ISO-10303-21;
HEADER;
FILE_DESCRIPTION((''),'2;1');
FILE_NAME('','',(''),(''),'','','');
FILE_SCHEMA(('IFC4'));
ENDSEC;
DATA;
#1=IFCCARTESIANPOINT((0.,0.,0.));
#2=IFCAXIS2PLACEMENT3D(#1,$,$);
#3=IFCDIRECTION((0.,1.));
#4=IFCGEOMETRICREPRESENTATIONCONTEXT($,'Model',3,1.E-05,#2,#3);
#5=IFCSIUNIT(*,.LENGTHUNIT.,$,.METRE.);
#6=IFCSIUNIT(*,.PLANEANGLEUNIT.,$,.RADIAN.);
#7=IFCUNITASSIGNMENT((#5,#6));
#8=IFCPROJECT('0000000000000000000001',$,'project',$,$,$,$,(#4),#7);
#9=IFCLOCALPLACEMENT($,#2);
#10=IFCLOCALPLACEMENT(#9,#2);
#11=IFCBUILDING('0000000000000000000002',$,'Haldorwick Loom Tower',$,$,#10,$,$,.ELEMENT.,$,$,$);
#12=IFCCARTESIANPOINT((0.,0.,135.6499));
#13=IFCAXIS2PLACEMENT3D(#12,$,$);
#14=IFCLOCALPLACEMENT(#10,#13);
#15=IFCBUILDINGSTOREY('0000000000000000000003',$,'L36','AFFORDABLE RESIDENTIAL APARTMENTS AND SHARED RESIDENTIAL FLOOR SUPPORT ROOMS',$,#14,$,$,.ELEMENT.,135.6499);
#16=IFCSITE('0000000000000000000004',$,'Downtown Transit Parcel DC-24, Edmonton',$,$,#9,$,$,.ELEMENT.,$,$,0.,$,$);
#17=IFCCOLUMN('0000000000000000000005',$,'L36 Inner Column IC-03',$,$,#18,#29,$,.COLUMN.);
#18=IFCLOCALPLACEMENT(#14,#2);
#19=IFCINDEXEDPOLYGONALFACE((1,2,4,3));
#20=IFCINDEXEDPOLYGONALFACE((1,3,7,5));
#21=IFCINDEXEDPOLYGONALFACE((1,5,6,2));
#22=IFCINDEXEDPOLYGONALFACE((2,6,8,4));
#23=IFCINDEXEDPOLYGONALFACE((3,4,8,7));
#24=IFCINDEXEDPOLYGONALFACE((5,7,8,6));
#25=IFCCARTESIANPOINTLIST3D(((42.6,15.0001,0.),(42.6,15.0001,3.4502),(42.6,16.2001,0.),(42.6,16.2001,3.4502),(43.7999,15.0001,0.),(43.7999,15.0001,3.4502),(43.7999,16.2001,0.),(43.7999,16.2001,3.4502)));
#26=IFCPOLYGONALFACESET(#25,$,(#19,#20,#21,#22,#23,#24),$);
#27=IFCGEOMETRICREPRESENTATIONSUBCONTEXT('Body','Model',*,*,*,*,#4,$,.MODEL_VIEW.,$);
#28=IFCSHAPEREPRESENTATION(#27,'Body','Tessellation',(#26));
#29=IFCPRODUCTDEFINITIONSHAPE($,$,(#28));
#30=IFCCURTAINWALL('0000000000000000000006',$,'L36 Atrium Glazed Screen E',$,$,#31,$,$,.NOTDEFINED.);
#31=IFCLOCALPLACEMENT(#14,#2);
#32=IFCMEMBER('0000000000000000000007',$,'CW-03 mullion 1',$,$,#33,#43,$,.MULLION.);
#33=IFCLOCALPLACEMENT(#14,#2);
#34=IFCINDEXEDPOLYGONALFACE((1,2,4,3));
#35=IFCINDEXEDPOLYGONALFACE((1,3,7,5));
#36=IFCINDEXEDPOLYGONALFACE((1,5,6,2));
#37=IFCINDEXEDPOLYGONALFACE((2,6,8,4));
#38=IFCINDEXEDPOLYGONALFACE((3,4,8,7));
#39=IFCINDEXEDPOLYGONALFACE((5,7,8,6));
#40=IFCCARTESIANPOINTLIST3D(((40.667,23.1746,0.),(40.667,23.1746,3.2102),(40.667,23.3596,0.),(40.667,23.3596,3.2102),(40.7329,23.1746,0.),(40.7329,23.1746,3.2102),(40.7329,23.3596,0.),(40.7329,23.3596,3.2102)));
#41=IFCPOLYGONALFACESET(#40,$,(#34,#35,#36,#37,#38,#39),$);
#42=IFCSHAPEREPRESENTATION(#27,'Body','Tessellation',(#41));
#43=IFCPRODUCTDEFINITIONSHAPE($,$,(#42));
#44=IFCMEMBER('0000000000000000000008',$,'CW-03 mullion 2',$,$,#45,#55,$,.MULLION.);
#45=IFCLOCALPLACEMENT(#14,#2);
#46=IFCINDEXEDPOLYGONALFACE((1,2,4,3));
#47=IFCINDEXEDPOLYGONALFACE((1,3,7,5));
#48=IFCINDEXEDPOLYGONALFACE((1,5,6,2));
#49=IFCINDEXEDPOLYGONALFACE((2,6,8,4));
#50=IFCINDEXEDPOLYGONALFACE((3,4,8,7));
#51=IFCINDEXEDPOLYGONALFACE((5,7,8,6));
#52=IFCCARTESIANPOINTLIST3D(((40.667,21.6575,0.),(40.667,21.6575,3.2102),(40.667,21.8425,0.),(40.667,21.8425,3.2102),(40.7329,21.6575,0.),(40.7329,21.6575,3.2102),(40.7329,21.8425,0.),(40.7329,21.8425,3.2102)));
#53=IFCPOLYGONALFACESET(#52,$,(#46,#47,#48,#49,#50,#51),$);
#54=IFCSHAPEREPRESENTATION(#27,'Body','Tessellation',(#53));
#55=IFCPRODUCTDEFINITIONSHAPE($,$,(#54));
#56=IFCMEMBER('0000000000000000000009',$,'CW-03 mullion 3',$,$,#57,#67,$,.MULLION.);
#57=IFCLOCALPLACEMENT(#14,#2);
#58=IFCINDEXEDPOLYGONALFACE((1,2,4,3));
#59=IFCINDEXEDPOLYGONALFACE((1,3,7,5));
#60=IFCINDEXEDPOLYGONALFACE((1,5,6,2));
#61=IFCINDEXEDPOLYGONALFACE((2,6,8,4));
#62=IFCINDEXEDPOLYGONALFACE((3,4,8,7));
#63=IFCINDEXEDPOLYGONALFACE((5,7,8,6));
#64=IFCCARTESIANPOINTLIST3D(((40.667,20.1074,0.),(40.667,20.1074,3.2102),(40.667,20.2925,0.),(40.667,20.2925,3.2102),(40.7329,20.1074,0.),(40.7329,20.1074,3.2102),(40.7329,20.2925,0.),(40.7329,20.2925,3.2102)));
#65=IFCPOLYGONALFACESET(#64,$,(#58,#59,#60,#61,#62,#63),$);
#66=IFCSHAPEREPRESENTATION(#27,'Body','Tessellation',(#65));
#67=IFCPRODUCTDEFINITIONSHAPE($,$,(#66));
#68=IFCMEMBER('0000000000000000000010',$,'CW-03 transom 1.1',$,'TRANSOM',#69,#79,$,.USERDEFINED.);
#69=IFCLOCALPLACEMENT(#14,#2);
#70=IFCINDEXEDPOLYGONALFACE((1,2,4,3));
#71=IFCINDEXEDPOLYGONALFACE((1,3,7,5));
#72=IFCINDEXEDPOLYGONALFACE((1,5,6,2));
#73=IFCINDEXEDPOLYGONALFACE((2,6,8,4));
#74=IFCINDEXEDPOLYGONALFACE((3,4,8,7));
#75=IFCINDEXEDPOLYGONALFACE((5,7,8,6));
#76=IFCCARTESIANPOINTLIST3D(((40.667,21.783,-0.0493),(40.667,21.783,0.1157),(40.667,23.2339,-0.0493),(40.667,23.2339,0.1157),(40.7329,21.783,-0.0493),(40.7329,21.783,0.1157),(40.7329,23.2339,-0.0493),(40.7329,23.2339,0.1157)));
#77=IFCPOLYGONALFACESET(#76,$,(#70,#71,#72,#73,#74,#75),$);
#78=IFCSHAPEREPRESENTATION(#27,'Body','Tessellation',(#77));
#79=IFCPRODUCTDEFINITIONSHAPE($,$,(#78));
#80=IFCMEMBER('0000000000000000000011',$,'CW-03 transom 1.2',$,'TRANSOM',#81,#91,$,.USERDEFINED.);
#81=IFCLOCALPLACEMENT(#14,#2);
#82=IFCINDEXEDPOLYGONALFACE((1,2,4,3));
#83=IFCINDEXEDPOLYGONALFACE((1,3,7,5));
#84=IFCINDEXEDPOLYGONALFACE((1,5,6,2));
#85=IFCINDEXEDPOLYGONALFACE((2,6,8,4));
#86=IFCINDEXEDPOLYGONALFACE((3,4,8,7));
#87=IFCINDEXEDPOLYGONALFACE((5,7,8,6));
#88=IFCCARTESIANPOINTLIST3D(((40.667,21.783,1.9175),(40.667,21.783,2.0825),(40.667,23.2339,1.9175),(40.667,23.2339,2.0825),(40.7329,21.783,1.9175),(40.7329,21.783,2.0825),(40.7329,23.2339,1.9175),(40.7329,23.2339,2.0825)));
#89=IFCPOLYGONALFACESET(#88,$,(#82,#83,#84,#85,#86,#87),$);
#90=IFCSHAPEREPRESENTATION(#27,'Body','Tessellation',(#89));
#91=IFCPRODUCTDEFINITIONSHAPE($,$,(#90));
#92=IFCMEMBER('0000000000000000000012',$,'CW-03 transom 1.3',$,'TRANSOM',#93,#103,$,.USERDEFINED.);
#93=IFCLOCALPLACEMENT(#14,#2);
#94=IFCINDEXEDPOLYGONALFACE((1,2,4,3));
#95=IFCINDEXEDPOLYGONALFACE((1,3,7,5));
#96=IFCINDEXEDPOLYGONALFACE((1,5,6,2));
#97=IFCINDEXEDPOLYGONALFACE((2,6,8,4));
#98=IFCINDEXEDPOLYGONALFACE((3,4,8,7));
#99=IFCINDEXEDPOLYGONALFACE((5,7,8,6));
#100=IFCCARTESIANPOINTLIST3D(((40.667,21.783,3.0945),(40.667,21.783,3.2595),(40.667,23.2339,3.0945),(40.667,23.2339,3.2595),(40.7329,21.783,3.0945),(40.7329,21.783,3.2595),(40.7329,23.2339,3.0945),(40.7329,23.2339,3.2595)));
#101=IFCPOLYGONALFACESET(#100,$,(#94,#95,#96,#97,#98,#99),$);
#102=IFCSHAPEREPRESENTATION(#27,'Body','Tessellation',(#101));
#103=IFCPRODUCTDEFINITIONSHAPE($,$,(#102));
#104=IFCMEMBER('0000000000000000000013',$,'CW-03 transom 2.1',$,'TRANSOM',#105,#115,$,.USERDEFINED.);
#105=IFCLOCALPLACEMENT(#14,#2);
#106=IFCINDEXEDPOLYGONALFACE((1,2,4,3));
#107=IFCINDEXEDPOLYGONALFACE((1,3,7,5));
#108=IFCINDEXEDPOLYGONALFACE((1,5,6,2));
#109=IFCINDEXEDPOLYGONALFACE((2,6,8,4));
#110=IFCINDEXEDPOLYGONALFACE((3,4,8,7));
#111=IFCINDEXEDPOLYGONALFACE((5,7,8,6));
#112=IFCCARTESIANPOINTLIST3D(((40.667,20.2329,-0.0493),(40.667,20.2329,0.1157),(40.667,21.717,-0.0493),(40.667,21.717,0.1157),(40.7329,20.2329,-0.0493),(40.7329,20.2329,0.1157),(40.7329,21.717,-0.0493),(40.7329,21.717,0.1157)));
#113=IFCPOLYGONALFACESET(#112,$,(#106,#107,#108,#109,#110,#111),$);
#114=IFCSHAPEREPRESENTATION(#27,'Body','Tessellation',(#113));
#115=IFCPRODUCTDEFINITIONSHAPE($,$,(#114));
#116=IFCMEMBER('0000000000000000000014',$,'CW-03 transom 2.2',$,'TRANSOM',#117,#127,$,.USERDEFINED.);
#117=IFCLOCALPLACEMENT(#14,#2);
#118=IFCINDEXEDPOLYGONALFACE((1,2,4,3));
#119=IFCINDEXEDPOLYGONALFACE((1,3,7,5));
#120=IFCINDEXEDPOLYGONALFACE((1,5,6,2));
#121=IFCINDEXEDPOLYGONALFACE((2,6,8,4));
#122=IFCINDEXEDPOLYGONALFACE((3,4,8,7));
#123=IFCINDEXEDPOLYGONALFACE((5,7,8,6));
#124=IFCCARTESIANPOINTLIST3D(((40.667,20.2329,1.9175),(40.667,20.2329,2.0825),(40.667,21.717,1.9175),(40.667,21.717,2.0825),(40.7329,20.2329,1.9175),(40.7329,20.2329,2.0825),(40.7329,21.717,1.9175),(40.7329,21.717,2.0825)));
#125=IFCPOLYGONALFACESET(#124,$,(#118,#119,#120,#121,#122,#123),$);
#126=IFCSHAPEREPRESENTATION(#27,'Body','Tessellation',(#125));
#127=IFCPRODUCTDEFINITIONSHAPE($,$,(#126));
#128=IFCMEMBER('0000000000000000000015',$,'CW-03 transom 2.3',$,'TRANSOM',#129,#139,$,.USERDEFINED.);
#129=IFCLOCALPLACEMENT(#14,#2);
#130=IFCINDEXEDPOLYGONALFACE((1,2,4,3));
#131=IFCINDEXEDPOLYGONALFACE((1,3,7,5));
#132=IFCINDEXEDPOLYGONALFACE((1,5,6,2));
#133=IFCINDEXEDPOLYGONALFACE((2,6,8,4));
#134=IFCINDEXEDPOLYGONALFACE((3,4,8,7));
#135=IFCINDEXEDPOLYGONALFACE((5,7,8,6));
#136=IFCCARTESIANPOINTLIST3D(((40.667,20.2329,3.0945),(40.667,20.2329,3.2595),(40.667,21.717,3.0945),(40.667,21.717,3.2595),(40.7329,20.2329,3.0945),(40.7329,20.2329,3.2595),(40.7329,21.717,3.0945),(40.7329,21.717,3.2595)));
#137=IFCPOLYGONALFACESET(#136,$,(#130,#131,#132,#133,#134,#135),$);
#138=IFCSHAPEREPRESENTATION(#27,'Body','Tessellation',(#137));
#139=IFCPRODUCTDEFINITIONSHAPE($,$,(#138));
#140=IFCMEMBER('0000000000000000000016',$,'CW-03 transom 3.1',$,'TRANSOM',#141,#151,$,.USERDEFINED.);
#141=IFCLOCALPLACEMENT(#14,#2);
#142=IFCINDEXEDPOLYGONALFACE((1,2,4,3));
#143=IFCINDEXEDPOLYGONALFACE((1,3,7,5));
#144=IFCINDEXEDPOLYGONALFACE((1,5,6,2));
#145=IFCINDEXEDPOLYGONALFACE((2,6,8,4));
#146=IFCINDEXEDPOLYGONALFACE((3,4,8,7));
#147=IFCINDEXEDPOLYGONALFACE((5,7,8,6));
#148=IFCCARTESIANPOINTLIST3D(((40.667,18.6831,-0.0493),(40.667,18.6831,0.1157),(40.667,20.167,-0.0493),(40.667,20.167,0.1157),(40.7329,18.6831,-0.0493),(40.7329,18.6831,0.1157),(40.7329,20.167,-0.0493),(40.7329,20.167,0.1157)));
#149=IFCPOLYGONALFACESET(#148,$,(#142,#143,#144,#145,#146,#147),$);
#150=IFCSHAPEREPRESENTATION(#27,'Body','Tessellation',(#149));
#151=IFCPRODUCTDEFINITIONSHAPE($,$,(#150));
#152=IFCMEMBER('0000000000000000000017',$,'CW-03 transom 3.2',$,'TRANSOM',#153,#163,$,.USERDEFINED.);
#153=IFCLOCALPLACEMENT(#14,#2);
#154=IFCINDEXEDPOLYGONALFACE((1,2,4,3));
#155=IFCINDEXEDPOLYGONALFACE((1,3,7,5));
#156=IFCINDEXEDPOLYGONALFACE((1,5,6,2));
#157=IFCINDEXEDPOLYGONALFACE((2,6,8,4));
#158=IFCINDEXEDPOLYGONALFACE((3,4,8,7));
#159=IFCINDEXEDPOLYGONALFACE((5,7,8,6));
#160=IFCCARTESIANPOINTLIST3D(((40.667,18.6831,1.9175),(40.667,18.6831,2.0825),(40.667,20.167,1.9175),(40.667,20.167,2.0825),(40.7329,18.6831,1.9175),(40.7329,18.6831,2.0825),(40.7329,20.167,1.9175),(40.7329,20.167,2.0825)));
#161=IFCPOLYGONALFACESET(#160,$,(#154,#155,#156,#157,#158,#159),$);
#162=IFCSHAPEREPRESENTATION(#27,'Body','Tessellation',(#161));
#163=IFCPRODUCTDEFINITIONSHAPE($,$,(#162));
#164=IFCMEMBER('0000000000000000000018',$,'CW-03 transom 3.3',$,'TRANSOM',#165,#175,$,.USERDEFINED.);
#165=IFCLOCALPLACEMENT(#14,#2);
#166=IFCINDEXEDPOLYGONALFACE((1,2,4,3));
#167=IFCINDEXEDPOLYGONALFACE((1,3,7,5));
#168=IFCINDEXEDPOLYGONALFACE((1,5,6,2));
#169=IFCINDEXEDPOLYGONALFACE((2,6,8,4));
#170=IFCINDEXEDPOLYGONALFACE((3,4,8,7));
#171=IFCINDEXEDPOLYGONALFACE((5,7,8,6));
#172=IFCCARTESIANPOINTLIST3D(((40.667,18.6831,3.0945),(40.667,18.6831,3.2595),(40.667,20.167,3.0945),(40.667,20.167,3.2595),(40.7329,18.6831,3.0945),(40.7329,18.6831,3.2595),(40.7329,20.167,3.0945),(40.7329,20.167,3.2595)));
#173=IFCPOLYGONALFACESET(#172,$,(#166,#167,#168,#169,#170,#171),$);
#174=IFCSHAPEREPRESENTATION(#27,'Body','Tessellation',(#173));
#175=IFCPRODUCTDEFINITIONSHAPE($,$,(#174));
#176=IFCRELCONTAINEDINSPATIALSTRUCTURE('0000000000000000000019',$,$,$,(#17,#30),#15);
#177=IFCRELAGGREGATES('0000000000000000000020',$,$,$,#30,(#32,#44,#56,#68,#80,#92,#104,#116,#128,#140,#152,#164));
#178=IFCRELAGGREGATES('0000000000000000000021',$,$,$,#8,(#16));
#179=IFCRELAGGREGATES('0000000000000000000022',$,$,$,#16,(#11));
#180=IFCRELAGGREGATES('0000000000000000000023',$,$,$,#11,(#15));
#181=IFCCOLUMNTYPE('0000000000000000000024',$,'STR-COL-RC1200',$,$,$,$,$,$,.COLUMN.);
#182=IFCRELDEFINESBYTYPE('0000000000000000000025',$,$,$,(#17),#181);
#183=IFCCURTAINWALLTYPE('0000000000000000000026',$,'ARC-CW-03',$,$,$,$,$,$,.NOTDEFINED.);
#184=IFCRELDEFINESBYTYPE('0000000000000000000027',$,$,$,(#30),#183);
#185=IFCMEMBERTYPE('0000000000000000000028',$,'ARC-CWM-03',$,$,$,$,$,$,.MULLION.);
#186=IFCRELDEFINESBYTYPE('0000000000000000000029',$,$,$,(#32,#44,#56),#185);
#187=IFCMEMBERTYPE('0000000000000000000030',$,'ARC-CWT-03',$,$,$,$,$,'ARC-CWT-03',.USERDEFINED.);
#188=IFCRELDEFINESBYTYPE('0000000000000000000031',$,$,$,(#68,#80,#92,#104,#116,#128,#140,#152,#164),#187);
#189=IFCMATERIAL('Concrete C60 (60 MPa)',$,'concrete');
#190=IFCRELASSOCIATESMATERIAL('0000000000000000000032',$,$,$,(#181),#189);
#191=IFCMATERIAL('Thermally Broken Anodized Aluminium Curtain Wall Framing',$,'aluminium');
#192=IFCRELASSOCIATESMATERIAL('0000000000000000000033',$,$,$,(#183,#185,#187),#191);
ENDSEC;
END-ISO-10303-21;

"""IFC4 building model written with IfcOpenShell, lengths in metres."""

from ifc_helpers import new_model, si_unit, direction, frame, origin, origin_2d, place, context, subcontext, project, spatial, rectangle, extrude, material, material_profile, profile_set, type_object, element, aggregate, save


model = new_model("IFC4")

# Units and contexts
model_context = context("Model", 3, precision=1e-05, world=origin(), true_north=direction((0.0, 1.0)))
body_context = subcontext(model_context, "Body", "Model", "MODEL_VIEW")
ifc_project = project(units=[si_unit("LENGTHUNIT", "METRE"), si_unit("PLANEANGLEUNIT", "RADIAN")], contexts=[model_context])

# Site, building, storey
site_placement = place(None, origin())
site = spatial("IfcSite", under=ifc_project, at=site_placement, Name="Downtown Transit Parcel DC-24, Edmonton", CompositionType="ELEMENT", RefElevation=0.0)
building_placement = place(site_placement, origin())
building = spatial("IfcBuilding", under=site, at=building_placement, Name="Haldorwick Loom Tower", CompositionType="ELEMENT")
storey_placement = place(building_placement, frame((0.0, 0.0, 135.6499)))
storey = spatial("IfcBuildingStorey", under=building, at=storey_placement, Name="L36", Description="AFFORDABLE RESIDENTIAL APARTMENTS AND SHARED RESIDENTIAL FLOOR SUPPORT ROOMS", CompositionType="ELEMENT", Elevation=135.6499)

# Column
ifc_material_1 = material(Name="Concrete C60 (60 MPa)", Category="concrete")
ifc_material_profile_1 = material_profile(ifc_material_1, rectangle(XDim=1.2, YDim=1.2, at=origin_2d()), Name="RC1200X1200", Category="concrete")
ifc_profile_set_1 = profile_set([ifc_material_profile_1], Name="Concrete C60 (60 MPa)")
column_type = type_object("IfcColumnType", Name="STR-COL-RC1200", PredefinedType="COLUMN", material=ifc_profile_set_1)
column_placement = place(storey_placement, frame((43.2, 15.6001, 0.0), z_axis=(0.0, 0.0, 1.0), x_axis=(1.0, 0.0, 0.0)))
element("IfcColumn", 1, at=column_placement, inside=storey, type_object=column_type, Name="L36 Inner Column IC-03", PredefinedType="COLUMN", context=body_context, shape_type="SweptSolid", body=[
    extrude(rectangle(XDim=1.2, YDim=1.2, at=origin_2d()), origin(), (0.0, 0.0, 1.0), 3.4502),
])

# Curtain wall, members
ifc_material_2 = material(Name="Thermally Broken Anodized Aluminium Curtain Wall Framing", Category="aluminium")
curtain_wall_type = type_object("IfcCurtainWallType", Name="ARC-CW-03", PredefinedType="NOTDEFINED", material=ifc_material_2)
curtain_wall_placement = place(storey_placement, origin())
curtain_wall = element("IfcCurtainWall", 2, at=curtain_wall_placement, inside=storey, type_object=curtain_wall_type, Name="L36 Atrium Glazed Screen E", PredefinedType="NOTDEFINED")
ifc_material_profile_2 = material_profile(ifc_material_2, rectangle(XDim=0.0659, YDim=0.1851, at=origin_2d()), Name="ALU_MUL_66X185", Category="aluminium")
ifc_profile_set_2 = profile_set([ifc_material_profile_2], Name="Thermally Broken Anodized Aluminium Curtain Wall Framing")
member_type_1 = type_object("IfcMemberType", Name="ARC-CWM-03", PredefinedType="MULLION", material=ifc_profile_set_2)
member_1_placement = place(storey_placement, frame((40.7, 23.2671, 0.0), z_axis=(0.0, 0.0, 1.0), x_axis=(1.0, 0.0, 0.0)))
member_1 = element("IfcMember", 3, at=member_1_placement, type_object=member_type_1, Name="CW-03 mullion 1", PredefinedType="MULLION", context=body_context, shape_type="SweptSolid", body=[
    extrude(rectangle(XDim=0.0659, YDim=0.1851, at=origin_2d()), origin(), (0.0, 0.0, 1.0), 3.2102),
])
member_2_placement = place(storey_placement, frame((40.7, 21.75, 0.0), z_axis=(0.0, 0.0, 1.0), x_axis=(1.0, 0.0, 0.0)))
member_2 = element("IfcMember", 4, at=member_2_placement, type_object=member_type_1, Name="CW-03 mullion 2", PredefinedType="MULLION", context=body_context, shape_type="SweptSolid", body=[
    extrude(rectangle(XDim=0.0659, YDim=0.1851, at=origin_2d()), origin(), (0.0, 0.0, 1.0), 3.2102),
])
member_3_placement = place(storey_placement, frame((40.7, 20.2, 0.0), z_axis=(0.0, 0.0, 1.0), x_axis=(1.0, 0.0, 0.0)))
member_3 = element("IfcMember", 5, at=member_3_placement, type_object=member_type_1, Name="CW-03 mullion 3", PredefinedType="MULLION", context=body_context, shape_type="SweptSolid", body=[
    extrude(rectangle(XDim=0.0659, YDim=0.1851, at=origin_2d()), origin(), (0.0, 0.0, 1.0), 3.2102),
])
ifc_material_profile_3 = material_profile(ifc_material_2, rectangle(XDim=0.0659, YDim=0.165, at=origin_2d()), Name="ALU_TRN_66X165", Category="aluminium")
ifc_profile_set_3 = profile_set([ifc_material_profile_3], Name="Thermally Broken Anodized Aluminium Curtain Wall Framing")
member_type_2 = type_object("IfcMemberType", Name="ARC-CWT-03", ElementType="ARC-CWT-03", PredefinedType="USERDEFINED", material=ifc_profile_set_3)
member_4_placement = place(storey_placement, frame((40.7, 23.2339, 0.0332), z_axis=(0.0, -1.0, 0.0), x_axis=(1.0, 0.0, 0.0)))
member_4 = element("IfcMember", 6, at=member_4_placement, type_object=member_type_2, Name="CW-03 transom 1.1", ObjectType="TRANSOM", PredefinedType="USERDEFINED", context=body_context, shape_type="SweptSolid", body=[
    extrude(rectangle(XDim=0.0659, YDim=0.165, at=origin_2d()), origin(), (0.0, 0.0, 1.0), 1.4509),
])
member_5_placement = place(storey_placement, frame((40.7, 23.2339, 2.0), z_axis=(0.0, -1.0, 0.0), x_axis=(1.0, 0.0, 0.0)))
member_5 = element("IfcMember", 7, at=member_5_placement, type_object=member_type_2, Name="CW-03 transom 1.2", ObjectType="TRANSOM", PredefinedType="USERDEFINED", context=body_context, shape_type="SweptSolid", body=[
    extrude(rectangle(XDim=0.0659, YDim=0.165, at=origin_2d()), origin(), (0.0, 0.0, 1.0), 1.4509),
])
member_6_placement = place(storey_placement, frame((40.7, 23.2339, 3.177), z_axis=(0.0, -1.0, 0.0), x_axis=(1.0, 0.0, 0.0)))
member_6 = element("IfcMember", 8, at=member_6_placement, type_object=member_type_2, Name="CW-03 transom 1.3", ObjectType="TRANSOM", PredefinedType="USERDEFINED", context=body_context, shape_type="SweptSolid", body=[
    extrude(rectangle(XDim=0.0659, YDim=0.165, at=origin_2d()), origin(), (0.0, 0.0, 1.0), 1.4509),
])
member_7_placement = place(storey_placement, frame((40.7, 21.717, 0.0332), z_axis=(0.0, -1.0, 0.0), x_axis=(1.0, 0.0, 0.0)))
member_7 = element("IfcMember", 9, at=member_7_placement, type_object=member_type_2, Name="CW-03 transom 2.1", ObjectType="TRANSOM", PredefinedType="USERDEFINED", context=body_context, shape_type="SweptSolid", body=[
    extrude(rectangle(XDim=0.0659, YDim=0.165, at=origin_2d()), origin(), (0.0, 0.0, 1.0), 1.4841),
])
member_8_placement = place(storey_placement, frame((40.7, 21.717, 2.0), z_axis=(0.0, -1.0, 0.0), x_axis=(1.0, 0.0, 0.0)))
member_8 = element("IfcMember", 10, at=member_8_placement, type_object=member_type_2, Name="CW-03 transom 2.2", ObjectType="TRANSOM", PredefinedType="USERDEFINED", context=body_context, shape_type="SweptSolid", body=[
    extrude(rectangle(XDim=0.0659, YDim=0.165, at=origin_2d()), origin(), (0.0, 0.0, 1.0), 1.4841),
])
member_9_placement = place(storey_placement, frame((40.7, 21.717, 3.177), z_axis=(0.0, -1.0, 0.0), x_axis=(1.0, 0.0, 0.0)))
member_9 = element("IfcMember", 11, at=member_9_placement, type_object=member_type_2, Name="CW-03 transom 2.3", ObjectType="TRANSOM", PredefinedType="USERDEFINED", context=body_context, shape_type="SweptSolid", body=[
    extrude(rectangle(XDim=0.0659, YDim=0.165, at=origin_2d()), origin(), (0.0, 0.0, 1.0), 1.4841),
])
member_10_placement = place(storey_placement, frame((40.7, 20.167, 0.0332), z_axis=(0.0, -1.0, 0.0), x_axis=(1.0, 0.0, 0.0)))
member_10 = element("IfcMember", 12, at=member_10_placement, type_object=member_type_2, Name="CW-03 transom 3.1", ObjectType="TRANSOM", PredefinedType="USERDEFINED", context=body_context, shape_type="SweptSolid", body=[
    extrude(rectangle(XDim=0.0659, YDim=0.165, at=origin_2d()), origin(), (0.0, 0.0, 1.0), 1.4839),
])
member_11_placement = place(storey_placement, frame((40.7, 20.167, 2.0), z_axis=(0.0, -1.0, 0.0), x_axis=(1.0, 0.0, 0.0)))
member_11 = element("IfcMember", 13, at=member_11_placement, type_object=member_type_2, Name="CW-03 transom 3.2", ObjectType="TRANSOM", PredefinedType="USERDEFINED", context=body_context, shape_type="SweptSolid", body=[
    extrude(rectangle(XDim=0.0659, YDim=0.165, at=origin_2d()), origin(), (0.0, 0.0, 1.0), 1.4839),
])
member_12_placement = place(storey_placement, frame((40.7, 20.167, 3.177), z_axis=(0.0, -1.0, 0.0), x_axis=(1.0, 0.0, 0.0)))
member_12 = element("IfcMember", 14, at=member_12_placement, type_object=member_type_2, Name="CW-03 transom 3.3", ObjectType="TRANSOM", PredefinedType="USERDEFINED", context=body_context, shape_type="SweptSolid", body=[
    extrude(rectangle(XDim=0.0659, YDim=0.165, at=origin_2d()), origin(), (0.0, 0.0, 1.0), 1.4839),
])

aggregate(curtain_wall, [member_1, member_2, member_3, member_4, member_5, member_6, member_7, member_8, member_9, member_10, member_11, member_12])

save(model, "model.ifc")
